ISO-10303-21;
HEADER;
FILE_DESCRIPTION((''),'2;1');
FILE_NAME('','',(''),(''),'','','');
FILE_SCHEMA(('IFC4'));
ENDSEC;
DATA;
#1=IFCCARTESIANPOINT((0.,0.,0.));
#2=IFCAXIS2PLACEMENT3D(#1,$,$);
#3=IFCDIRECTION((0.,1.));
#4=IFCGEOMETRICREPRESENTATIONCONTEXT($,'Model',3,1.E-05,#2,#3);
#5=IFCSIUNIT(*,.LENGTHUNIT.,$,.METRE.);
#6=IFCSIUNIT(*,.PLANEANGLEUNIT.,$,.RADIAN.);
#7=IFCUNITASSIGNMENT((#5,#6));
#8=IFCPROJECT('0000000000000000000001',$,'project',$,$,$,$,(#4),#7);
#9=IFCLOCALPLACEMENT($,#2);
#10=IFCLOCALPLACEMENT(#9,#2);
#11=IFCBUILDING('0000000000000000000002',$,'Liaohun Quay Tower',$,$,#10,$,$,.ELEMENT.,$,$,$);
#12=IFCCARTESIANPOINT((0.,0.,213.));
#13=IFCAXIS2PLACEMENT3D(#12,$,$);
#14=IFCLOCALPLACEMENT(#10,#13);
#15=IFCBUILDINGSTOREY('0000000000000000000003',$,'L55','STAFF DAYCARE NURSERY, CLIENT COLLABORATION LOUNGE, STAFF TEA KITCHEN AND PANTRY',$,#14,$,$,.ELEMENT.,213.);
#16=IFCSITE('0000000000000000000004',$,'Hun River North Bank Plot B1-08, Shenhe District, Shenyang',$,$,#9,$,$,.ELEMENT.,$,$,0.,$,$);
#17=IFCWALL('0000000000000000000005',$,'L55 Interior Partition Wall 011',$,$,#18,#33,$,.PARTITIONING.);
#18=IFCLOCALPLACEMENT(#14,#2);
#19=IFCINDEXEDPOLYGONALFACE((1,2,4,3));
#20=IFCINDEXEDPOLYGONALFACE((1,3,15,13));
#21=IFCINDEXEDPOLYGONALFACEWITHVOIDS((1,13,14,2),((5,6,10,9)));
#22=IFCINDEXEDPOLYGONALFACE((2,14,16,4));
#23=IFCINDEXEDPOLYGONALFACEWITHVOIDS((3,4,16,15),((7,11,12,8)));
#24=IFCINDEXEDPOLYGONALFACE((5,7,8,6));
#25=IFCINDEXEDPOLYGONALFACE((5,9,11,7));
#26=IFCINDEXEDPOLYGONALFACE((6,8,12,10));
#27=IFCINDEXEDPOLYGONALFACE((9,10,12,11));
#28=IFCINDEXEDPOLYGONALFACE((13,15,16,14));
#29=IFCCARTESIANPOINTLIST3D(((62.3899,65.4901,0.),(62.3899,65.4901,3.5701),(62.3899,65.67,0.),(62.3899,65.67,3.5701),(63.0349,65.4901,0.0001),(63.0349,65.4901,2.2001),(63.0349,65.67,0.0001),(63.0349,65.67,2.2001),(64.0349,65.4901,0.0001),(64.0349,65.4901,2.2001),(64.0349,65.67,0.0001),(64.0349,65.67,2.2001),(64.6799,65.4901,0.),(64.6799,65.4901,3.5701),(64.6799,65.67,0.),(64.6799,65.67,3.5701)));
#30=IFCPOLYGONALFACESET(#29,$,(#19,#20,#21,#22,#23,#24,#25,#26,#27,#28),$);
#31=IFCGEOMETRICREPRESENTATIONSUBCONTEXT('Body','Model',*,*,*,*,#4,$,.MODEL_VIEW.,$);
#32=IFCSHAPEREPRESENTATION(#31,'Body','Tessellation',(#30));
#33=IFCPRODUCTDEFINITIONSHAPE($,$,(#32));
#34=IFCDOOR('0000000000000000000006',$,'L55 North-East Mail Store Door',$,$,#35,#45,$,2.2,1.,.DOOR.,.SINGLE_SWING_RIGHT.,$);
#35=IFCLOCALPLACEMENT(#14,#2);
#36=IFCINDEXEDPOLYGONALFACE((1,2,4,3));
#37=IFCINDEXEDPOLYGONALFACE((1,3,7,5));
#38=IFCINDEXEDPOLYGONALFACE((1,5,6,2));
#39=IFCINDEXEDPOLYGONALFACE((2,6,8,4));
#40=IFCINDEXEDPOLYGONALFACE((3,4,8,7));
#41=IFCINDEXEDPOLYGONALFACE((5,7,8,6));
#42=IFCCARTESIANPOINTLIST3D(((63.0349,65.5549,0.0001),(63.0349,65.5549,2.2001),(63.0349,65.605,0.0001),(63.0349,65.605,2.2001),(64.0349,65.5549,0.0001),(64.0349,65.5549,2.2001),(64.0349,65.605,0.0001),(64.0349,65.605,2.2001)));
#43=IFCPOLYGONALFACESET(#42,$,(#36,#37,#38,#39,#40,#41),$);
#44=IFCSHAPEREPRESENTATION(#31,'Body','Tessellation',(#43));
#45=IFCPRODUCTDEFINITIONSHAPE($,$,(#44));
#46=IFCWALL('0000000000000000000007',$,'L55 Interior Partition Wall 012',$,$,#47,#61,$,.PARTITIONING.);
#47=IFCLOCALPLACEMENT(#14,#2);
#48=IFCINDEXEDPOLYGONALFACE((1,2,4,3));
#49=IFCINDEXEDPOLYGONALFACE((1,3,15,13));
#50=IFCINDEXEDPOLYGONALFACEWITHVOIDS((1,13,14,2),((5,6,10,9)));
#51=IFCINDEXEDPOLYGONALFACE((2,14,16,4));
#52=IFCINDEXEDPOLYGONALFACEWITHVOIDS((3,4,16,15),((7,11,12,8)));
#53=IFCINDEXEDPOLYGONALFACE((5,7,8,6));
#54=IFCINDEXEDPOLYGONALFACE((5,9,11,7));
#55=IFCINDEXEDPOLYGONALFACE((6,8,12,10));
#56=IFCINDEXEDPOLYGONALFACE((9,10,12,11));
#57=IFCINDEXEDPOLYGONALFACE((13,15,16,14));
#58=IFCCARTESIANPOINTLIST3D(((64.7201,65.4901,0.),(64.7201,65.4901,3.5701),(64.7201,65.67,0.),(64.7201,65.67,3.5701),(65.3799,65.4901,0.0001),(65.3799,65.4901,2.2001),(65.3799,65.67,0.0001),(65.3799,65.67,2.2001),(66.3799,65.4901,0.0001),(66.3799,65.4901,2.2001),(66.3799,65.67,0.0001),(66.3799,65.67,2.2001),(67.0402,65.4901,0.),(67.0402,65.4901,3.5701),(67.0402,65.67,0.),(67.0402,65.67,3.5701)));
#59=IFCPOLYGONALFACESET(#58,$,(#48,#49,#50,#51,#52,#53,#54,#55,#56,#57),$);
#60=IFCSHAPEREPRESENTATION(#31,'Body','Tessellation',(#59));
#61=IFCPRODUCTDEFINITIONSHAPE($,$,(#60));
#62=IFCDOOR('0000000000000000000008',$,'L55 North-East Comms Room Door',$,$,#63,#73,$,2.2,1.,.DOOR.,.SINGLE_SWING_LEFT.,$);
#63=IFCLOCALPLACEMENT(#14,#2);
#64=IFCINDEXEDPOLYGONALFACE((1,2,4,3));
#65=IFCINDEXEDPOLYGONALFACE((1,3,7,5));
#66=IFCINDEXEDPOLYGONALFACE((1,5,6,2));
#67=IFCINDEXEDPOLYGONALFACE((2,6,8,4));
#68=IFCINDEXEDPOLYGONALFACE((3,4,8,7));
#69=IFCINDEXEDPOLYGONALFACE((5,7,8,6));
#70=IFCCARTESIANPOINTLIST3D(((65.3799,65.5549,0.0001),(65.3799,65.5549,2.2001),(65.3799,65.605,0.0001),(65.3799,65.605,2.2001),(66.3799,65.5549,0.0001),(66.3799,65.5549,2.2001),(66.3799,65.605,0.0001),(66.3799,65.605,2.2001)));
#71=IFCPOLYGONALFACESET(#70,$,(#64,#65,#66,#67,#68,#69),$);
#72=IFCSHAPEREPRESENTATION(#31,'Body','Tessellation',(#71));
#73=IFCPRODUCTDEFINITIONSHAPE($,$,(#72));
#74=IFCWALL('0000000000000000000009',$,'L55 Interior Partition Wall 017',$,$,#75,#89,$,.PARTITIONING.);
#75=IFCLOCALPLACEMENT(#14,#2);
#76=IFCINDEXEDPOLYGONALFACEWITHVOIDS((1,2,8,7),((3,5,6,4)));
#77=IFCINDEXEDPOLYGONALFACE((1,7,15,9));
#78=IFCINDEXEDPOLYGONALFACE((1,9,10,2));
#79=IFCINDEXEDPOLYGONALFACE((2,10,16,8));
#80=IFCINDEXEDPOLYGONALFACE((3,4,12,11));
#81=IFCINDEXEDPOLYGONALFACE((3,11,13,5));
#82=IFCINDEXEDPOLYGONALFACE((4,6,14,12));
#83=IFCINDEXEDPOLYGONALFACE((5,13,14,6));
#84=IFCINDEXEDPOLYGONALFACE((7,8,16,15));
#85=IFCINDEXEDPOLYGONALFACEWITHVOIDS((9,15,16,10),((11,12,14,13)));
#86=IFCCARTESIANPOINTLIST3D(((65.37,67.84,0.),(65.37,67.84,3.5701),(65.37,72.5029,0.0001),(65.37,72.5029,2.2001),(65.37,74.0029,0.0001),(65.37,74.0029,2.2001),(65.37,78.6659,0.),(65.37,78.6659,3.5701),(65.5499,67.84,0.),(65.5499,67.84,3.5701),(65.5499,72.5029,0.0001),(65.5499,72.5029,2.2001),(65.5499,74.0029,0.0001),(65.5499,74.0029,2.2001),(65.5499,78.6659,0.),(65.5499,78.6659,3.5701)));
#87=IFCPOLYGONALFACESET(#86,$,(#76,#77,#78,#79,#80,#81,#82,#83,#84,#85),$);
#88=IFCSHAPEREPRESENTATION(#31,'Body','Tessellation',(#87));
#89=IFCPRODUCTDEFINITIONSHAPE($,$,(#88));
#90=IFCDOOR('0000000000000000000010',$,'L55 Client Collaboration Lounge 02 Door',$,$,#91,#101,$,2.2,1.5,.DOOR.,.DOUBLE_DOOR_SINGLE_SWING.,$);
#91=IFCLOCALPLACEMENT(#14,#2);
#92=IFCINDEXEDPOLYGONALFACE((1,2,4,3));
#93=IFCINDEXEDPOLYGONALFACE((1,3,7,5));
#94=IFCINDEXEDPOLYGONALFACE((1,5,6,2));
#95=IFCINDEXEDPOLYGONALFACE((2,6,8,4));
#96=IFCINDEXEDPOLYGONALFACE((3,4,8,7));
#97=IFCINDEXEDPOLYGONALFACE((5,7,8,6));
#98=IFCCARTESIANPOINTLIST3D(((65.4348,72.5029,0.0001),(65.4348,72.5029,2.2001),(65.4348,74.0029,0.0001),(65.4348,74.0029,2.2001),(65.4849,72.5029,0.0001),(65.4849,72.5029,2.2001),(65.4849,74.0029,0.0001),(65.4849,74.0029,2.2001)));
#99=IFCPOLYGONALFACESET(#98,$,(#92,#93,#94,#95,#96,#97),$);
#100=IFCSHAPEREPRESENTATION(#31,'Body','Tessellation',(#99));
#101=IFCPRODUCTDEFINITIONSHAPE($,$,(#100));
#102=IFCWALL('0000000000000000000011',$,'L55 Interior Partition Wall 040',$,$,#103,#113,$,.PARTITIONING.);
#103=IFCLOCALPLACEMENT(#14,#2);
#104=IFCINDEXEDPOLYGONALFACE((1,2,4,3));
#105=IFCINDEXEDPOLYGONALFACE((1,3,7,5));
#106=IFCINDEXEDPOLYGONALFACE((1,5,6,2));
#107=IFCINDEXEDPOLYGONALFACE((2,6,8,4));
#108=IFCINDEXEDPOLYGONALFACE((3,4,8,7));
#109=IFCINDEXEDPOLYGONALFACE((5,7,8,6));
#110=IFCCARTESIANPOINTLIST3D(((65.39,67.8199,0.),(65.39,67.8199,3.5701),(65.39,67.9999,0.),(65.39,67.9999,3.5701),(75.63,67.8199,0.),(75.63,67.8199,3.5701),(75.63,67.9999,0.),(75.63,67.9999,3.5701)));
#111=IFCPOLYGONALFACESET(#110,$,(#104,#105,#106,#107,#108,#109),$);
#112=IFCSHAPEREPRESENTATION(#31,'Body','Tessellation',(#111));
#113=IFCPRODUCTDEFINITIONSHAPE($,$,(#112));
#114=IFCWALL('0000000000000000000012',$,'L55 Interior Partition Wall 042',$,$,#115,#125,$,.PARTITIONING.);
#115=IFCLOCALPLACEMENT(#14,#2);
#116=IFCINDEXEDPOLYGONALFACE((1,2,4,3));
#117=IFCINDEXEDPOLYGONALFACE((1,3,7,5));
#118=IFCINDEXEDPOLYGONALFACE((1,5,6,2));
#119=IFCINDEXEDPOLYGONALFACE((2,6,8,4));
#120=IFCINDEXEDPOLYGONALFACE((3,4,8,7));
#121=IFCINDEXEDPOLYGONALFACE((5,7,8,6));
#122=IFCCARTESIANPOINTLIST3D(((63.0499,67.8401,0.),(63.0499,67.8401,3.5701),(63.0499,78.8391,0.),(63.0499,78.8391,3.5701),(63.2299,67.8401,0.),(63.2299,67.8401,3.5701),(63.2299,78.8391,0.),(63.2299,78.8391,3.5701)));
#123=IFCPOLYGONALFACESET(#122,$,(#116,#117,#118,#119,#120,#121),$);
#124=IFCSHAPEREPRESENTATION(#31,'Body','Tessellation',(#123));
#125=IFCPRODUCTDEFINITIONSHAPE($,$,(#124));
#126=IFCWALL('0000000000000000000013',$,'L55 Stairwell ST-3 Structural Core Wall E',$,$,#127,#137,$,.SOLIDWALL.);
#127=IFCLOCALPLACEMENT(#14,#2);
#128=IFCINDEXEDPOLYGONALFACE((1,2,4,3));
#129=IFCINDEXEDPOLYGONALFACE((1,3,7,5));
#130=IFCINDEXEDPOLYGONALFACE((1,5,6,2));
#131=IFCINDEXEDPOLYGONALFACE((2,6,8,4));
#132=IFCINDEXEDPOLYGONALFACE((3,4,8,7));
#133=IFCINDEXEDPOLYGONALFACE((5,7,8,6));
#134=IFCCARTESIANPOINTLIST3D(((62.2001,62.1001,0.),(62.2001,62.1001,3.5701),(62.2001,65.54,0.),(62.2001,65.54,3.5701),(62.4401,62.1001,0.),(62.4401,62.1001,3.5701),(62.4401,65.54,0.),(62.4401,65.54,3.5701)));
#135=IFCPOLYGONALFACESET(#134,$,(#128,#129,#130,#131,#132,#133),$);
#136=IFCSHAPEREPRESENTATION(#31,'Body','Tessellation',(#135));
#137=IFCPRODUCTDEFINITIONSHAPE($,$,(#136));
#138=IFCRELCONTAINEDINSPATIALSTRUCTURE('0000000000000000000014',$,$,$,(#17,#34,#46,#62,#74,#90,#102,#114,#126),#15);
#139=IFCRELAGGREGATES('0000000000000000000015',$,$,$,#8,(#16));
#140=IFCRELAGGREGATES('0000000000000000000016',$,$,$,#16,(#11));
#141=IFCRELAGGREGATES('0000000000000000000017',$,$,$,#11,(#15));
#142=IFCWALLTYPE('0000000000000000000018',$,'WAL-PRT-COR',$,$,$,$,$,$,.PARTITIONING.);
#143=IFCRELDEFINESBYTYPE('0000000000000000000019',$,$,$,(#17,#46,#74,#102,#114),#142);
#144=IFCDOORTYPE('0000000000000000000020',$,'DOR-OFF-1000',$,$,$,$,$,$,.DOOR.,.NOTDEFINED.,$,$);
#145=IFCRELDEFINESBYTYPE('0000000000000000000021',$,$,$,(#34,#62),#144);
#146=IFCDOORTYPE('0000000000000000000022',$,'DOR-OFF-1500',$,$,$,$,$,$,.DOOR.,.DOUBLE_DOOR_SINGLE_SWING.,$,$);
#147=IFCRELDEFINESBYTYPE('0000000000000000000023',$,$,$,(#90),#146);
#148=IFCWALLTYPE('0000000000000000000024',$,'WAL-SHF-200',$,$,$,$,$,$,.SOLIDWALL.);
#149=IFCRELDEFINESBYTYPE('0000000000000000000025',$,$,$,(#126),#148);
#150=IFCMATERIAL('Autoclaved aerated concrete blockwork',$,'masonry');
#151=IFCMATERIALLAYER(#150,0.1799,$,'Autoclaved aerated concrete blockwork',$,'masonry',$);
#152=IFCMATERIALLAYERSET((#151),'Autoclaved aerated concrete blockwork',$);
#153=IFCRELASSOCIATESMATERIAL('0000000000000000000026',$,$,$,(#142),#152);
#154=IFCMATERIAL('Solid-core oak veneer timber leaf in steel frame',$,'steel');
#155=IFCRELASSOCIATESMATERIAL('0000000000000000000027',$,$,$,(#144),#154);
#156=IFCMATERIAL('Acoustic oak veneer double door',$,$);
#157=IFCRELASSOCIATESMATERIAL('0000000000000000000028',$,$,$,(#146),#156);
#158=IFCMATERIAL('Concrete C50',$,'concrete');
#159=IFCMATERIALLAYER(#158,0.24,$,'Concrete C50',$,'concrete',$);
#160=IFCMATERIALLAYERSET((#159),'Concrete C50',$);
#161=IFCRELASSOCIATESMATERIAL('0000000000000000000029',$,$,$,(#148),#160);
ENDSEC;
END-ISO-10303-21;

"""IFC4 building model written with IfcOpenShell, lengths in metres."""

from ifc_helpers import new_model, si_unit, direction, frame, frame_2d, origin, place, context, subcontext, project, spatial, rectangle, extrude, source, transform, mapped, material, layer, layer_set, type_object, element, fill, save


model = new_model("IFC4")

# Units and contexts
model_context = context("Model", 3, precision=1e-05, world=origin(), true_north=direction((0.0, 1.0)))
body_context = subcontext(model_context, "Body", "Model", "MODEL_VIEW")
ifc_project = project(units=[si_unit("LENGTHUNIT", "METRE"), si_unit("PLANEANGLEUNIT", "RADIAN")], contexts=[model_context])

# Site, building, storey
site_placement = place(None, origin())
site = spatial("IfcSite", under=ifc_project, at=site_placement, Name="Hun River North Bank Plot B1-08, Shenhe District, Shenyang", CompositionType="ELEMENT", RefElevation=0.0)
building_placement = place(site_placement, origin())
building = spatial("IfcBuilding", under=site, at=building_placement, Name="Liaohun Quay Tower", CompositionType="ELEMENT")
storey_placement = place(building_placement, frame((0.0, 0.0, 213.0)))
storey = spatial("IfcBuildingStorey", under=building, at=storey_placement, Name="L55", Description="STAFF DAYCARE NURSERY, CLIENT COLLABORATION LOUNGE, STAFF TEA KITCHEN AND PANTRY", CompositionType="ELEMENT", Elevation=213.0)

# Walls, openings, doors
ifc_material_1 = material(Name="Autoclaved aerated concrete blockwork", Category="masonry")
ifc_layer_1 = layer(ifc_material_1, 0.1799, Name="Autoclaved aerated concrete blockwork", Category="masonry")
ifc_layer_set_1 = layer_set([ifc_layer_1], Name="Autoclaved aerated concrete blockwork")
wall_type_1 = type_object("IfcWallType", Name="WAL-PRT-COR", PredefinedType="PARTITIONING", material=ifc_layer_set_1)
wall_1_placement = place(storey_placement, frame((62.3899, 65.5801, 0.0), z_axis=(0.0, 0.0, 1.0), x_axis=(1.0, 0.0, 0.0)))
wall_1 = element("IfcWall", 1, at=wall_1_placement, inside=storey, type_object=wall_type_1, Name="L55 Interior Partition Wall 011", PredefinedType="PARTITIONING", context=body_context, shape_type="SweptSolid", body=[
    extrude(rectangle(XDim=2.29, YDim=0.1799, at=frame_2d((1.145, 0.0))), origin(), (0.0, 0.0, 1.0), 3.5701),
])
shared_shape_1 = source(origin(), body_context, "Body", "SweptSolid", [
    extrude(rectangle(XDim=1.0, YDim=2.2, at=frame_2d((0.5, 1.1001))), frame((0.0, 0.0999, 0.0), z_axis=(0.0, -1.0, 0.0), x_axis=(1.0, 0.0, 0.0)), (0.0, 0.0, 1.0), 0.2),
])
opening_1_placement = place(wall_1_placement, frame((0.645, 0.0, 0.0)))
opening_1 = element("IfcOpeningElement", 2, at=opening_1_placement, cuts=wall_1, PredefinedType="OPENING", context=body_context, shape_type="MappedRepresentation", body=[
    mapped(shared_shape_1, transform((0.0, 0.0, 0.0), x_axis=(1.0, 0.0, 0.0), y_axis=(0.0, 1.0, 0.0), z_axis=(0.0, 0.0, 1.0), scale=1.0)),
])
ifc_material_2 = material(Name="Solid-core oak veneer timber leaf in steel frame", Category="steel")
door_type_1 = type_object("IfcDoorType", Name="DOR-OFF-1000", OperationType="NOTDEFINED", PredefinedType="DOOR", material=ifc_material_2)
shared_shape_2 = source(origin(), body_context, "Body", "SweptSolid", [
    extrude(rectangle(XDim=1.0, YDim=2.2, at=frame_2d((0.5, 1.1001))), frame((0.0, 0.0249, 0.0), z_axis=(0.0, -1.0, 0.0), x_axis=(1.0, 0.0, 0.0)), (0.0, 0.0, 1.0), 0.05),
])
door_1_placement = place(opening_1_placement, origin())
door_1 = element("IfcDoor", 3, at=door_1_placement, inside=storey, type_object=door_type_1, Name="L55 North-East Mail Store Door", OperationType="SINGLE_SWING_RIGHT", OverallHeight=2.2, OverallWidth=1.0, PredefinedType="DOOR", context=body_context, shape_type="MappedRepresentation", body=[
    mapped(shared_shape_2, transform((0.0, 0.0, 0.0), x_axis=(1.0, 0.0, 0.0), y_axis=(0.0, 1.0, 0.0), z_axis=(0.0, 0.0, 1.0), scale=1.0)),
])
fill(opening_1, door_1)
wall_2_placement = place(storey_placement, frame((64.72, 65.5801, 0.0), z_axis=(0.0, 0.0, 1.0), x_axis=(1.0, 0.0, 0.0)))
wall_2 = element("IfcWall", 4, at=wall_2_placement, inside=storey, type_object=wall_type_1, Name="L55 Interior Partition Wall 012", PredefinedType="PARTITIONING", context=body_context, shape_type="SweptSolid", body=[
    extrude(rectangle(XDim=2.3201, YDim=0.1799, at=frame_2d((1.1602, 0.0))), origin(), (0.0, 0.0, 1.0), 3.5701),
])
opening_2_placement = place(wall_2_placement, frame((0.6599, 0.0, 0.0)))
opening_2 = element("IfcOpeningElement", 5, at=opening_2_placement, cuts=wall_2, PredefinedType="OPENING", context=body_context, shape_type="MappedRepresentation", body=[
    mapped(shared_shape_1, transform((0.0, 0.0, 0.0), x_axis=(1.0, 0.0, 0.0), y_axis=(0.0, 1.0, 0.0), z_axis=(0.0, 0.0, 1.0), scale=1.0)),
])
door_2_placement = place(opening_2_placement, origin())
door_2 = element("IfcDoor", 6, at=door_2_placement, inside=storey, type_object=door_type_1, Name="L55 North-East Comms Room Door", OperationType="SINGLE_SWING_LEFT", OverallHeight=2.2, OverallWidth=1.0, PredefinedType="DOOR", context=body_context, shape_type="MappedRepresentation", body=[
    mapped(shared_shape_2, transform((0.0, 0.0, 0.0), x_axis=(1.0, 0.0, 0.0), y_axis=(0.0, 1.0, 0.0), z_axis=(0.0, 0.0, 1.0), scale=1.0)),
])
fill(opening_2, door_2)
wall_3_placement = place(storey_placement, frame((65.46, 78.666, 0.0), z_axis=(0.0, 0.0, 1.0), x_axis=(0.0, -1.0, 0.0)))
wall_3 = element("IfcWall", 7, at=wall_3_placement, inside=storey, type_object=wall_type_1, Name="L55 Interior Partition Wall 017", PredefinedType="PARTITIONING", context=body_context, shape_type="SweptSolid", body=[
    extrude(rectangle(XDim=10.8259, YDim=0.1799, at=frame_2d((5.4131, 0.0))), origin(), (0.0, 0.0, 1.0), 3.5701),
])
shared_shape_3 = source(origin(), body_context, "Body", "SweptSolid", [
    extrude(rectangle(XDim=1.5, YDim=2.2, at=frame_2d((0.75, 1.1001))), frame((0.0, 0.0999, 0.0), z_axis=(0.0, -1.0, 0.0), x_axis=(1.0, 0.0, 0.0)), (0.0, 0.0, 1.0), 0.2),
])
opening_3_placement = place(wall_3_placement, frame((4.6631, 0.0, 0.0)))
opening_3 = element("IfcOpeningElement", 8, at=opening_3_placement, cuts=wall_3, PredefinedType="OPENING", context=body_context, shape_type="MappedRepresentation", body=[
    mapped(shared_shape_3, transform((0.0, 0.0, 0.0), x_axis=(1.0, 0.0, 0.0), y_axis=(0.0, 1.0, 0.0), z_axis=(0.0, 0.0, 1.0), scale=1.0)),
])
ifc_material_3 = material(Name="Acoustic oak veneer double door")
door_type_2 = type_object("IfcDoorType", Name="DOR-OFF-1500", OperationType="DOUBLE_DOOR_SINGLE_SWING", PredefinedType="DOOR", material=ifc_material_3)
shared_shape_4 = source(origin(), body_context, "Body", "SweptSolid", [
    extrude(rectangle(XDim=1.5, YDim=2.2, at=frame_2d((0.75, 1.1001))), frame((0.0, 0.0249, 0.0), z_axis=(0.0, -1.0, 0.0), x_axis=(1.0, 0.0, 0.0)), (0.0, 0.0, 1.0), 0.05),
])
door_3_placement = place(opening_3_placement, origin())
door_3 = element("IfcDoor", 9, at=door_3_placement, inside=storey, type_object=door_type_2, Name="L55 Client Collaboration Lounge 02 Door", OperationType="DOUBLE_DOOR_SINGLE_SWING", OverallHeight=2.2, OverallWidth=1.5, PredefinedType="DOOR", context=body_context, shape_type="MappedRepresentation", body=[
    mapped(shared_shape_4, transform((0.0, 0.0, 0.0), x_axis=(1.0, 0.0, 0.0), y_axis=(0.0, 1.0, 0.0), z_axis=(0.0, 0.0, 1.0), scale=1.0)),
])
fill(opening_3, door_3)

# Walls
wall_4_placement = place(storey_placement, frame((65.3899, 67.9099, 0.0), z_axis=(0.0, 0.0, 1.0), x_axis=(1.0, 0.0, 0.0)))
element("IfcWall", 10, at=wall_4_placement, inside=storey, type_object=wall_type_1, Name="L55 Interior Partition Wall 040", PredefinedType="PARTITIONING", context=body_context, shape_type="SweptSolid", body=[
    extrude(rectangle(XDim=10.24, YDim=0.1799, at=frame_2d((5.1201, 0.0))), origin(), (0.0, 0.0, 1.0), 3.5701),
])
wall_5_placement = place(storey_placement, frame((63.1399, 67.8401, 0.0), z_axis=(0.0, 0.0, 1.0), x_axis=(0.0, 1.0, 0.0)))
element("IfcWall", 11, at=wall_5_placement, inside=storey, type_object=wall_type_1, Name="L55 Interior Partition Wall 042", PredefinedType="PARTITIONING", context=body_context, shape_type="SweptSolid", body=[
    extrude(rectangle(XDim=10.999, YDim=0.1799, at=frame_2d((5.4995, 0.0))), origin(), (0.0, 0.0, 1.0), 3.5701),
])
ifc_material_4 = material(Name="Concrete C50", Category="concrete")
ifc_layer_2 = layer(ifc_material_4, 0.24, Name="Concrete C50", Category="concrete")
ifc_layer_set_2 = layer_set([ifc_layer_2], Name="Concrete C50")
wall_type_2 = type_object("IfcWallType", Name="WAL-SHF-200", PredefinedType="SOLIDWALL", material=ifc_layer_set_2)
wall_6_placement = place(storey_placement, frame((62.3201, 62.1001, 0.0), z_axis=(0.0, 0.0, 1.0), x_axis=(0.0, 1.0, 0.0)))
element("IfcWall", 12, at=wall_6_placement, inside=storey, type_object=wall_type_2, Name="L55 Stairwell ST-3 Structural Core Wall E", PredefinedType="SOLIDWALL", context=body_context, shape_type="SweptSolid", body=[
    extrude(rectangle(XDim=3.4399, YDim=0.24, at=frame_2d((1.72, 0.0))), origin(), (0.0, 0.0, 1.0), 3.5701),
])

save(model, "model.ifc")
